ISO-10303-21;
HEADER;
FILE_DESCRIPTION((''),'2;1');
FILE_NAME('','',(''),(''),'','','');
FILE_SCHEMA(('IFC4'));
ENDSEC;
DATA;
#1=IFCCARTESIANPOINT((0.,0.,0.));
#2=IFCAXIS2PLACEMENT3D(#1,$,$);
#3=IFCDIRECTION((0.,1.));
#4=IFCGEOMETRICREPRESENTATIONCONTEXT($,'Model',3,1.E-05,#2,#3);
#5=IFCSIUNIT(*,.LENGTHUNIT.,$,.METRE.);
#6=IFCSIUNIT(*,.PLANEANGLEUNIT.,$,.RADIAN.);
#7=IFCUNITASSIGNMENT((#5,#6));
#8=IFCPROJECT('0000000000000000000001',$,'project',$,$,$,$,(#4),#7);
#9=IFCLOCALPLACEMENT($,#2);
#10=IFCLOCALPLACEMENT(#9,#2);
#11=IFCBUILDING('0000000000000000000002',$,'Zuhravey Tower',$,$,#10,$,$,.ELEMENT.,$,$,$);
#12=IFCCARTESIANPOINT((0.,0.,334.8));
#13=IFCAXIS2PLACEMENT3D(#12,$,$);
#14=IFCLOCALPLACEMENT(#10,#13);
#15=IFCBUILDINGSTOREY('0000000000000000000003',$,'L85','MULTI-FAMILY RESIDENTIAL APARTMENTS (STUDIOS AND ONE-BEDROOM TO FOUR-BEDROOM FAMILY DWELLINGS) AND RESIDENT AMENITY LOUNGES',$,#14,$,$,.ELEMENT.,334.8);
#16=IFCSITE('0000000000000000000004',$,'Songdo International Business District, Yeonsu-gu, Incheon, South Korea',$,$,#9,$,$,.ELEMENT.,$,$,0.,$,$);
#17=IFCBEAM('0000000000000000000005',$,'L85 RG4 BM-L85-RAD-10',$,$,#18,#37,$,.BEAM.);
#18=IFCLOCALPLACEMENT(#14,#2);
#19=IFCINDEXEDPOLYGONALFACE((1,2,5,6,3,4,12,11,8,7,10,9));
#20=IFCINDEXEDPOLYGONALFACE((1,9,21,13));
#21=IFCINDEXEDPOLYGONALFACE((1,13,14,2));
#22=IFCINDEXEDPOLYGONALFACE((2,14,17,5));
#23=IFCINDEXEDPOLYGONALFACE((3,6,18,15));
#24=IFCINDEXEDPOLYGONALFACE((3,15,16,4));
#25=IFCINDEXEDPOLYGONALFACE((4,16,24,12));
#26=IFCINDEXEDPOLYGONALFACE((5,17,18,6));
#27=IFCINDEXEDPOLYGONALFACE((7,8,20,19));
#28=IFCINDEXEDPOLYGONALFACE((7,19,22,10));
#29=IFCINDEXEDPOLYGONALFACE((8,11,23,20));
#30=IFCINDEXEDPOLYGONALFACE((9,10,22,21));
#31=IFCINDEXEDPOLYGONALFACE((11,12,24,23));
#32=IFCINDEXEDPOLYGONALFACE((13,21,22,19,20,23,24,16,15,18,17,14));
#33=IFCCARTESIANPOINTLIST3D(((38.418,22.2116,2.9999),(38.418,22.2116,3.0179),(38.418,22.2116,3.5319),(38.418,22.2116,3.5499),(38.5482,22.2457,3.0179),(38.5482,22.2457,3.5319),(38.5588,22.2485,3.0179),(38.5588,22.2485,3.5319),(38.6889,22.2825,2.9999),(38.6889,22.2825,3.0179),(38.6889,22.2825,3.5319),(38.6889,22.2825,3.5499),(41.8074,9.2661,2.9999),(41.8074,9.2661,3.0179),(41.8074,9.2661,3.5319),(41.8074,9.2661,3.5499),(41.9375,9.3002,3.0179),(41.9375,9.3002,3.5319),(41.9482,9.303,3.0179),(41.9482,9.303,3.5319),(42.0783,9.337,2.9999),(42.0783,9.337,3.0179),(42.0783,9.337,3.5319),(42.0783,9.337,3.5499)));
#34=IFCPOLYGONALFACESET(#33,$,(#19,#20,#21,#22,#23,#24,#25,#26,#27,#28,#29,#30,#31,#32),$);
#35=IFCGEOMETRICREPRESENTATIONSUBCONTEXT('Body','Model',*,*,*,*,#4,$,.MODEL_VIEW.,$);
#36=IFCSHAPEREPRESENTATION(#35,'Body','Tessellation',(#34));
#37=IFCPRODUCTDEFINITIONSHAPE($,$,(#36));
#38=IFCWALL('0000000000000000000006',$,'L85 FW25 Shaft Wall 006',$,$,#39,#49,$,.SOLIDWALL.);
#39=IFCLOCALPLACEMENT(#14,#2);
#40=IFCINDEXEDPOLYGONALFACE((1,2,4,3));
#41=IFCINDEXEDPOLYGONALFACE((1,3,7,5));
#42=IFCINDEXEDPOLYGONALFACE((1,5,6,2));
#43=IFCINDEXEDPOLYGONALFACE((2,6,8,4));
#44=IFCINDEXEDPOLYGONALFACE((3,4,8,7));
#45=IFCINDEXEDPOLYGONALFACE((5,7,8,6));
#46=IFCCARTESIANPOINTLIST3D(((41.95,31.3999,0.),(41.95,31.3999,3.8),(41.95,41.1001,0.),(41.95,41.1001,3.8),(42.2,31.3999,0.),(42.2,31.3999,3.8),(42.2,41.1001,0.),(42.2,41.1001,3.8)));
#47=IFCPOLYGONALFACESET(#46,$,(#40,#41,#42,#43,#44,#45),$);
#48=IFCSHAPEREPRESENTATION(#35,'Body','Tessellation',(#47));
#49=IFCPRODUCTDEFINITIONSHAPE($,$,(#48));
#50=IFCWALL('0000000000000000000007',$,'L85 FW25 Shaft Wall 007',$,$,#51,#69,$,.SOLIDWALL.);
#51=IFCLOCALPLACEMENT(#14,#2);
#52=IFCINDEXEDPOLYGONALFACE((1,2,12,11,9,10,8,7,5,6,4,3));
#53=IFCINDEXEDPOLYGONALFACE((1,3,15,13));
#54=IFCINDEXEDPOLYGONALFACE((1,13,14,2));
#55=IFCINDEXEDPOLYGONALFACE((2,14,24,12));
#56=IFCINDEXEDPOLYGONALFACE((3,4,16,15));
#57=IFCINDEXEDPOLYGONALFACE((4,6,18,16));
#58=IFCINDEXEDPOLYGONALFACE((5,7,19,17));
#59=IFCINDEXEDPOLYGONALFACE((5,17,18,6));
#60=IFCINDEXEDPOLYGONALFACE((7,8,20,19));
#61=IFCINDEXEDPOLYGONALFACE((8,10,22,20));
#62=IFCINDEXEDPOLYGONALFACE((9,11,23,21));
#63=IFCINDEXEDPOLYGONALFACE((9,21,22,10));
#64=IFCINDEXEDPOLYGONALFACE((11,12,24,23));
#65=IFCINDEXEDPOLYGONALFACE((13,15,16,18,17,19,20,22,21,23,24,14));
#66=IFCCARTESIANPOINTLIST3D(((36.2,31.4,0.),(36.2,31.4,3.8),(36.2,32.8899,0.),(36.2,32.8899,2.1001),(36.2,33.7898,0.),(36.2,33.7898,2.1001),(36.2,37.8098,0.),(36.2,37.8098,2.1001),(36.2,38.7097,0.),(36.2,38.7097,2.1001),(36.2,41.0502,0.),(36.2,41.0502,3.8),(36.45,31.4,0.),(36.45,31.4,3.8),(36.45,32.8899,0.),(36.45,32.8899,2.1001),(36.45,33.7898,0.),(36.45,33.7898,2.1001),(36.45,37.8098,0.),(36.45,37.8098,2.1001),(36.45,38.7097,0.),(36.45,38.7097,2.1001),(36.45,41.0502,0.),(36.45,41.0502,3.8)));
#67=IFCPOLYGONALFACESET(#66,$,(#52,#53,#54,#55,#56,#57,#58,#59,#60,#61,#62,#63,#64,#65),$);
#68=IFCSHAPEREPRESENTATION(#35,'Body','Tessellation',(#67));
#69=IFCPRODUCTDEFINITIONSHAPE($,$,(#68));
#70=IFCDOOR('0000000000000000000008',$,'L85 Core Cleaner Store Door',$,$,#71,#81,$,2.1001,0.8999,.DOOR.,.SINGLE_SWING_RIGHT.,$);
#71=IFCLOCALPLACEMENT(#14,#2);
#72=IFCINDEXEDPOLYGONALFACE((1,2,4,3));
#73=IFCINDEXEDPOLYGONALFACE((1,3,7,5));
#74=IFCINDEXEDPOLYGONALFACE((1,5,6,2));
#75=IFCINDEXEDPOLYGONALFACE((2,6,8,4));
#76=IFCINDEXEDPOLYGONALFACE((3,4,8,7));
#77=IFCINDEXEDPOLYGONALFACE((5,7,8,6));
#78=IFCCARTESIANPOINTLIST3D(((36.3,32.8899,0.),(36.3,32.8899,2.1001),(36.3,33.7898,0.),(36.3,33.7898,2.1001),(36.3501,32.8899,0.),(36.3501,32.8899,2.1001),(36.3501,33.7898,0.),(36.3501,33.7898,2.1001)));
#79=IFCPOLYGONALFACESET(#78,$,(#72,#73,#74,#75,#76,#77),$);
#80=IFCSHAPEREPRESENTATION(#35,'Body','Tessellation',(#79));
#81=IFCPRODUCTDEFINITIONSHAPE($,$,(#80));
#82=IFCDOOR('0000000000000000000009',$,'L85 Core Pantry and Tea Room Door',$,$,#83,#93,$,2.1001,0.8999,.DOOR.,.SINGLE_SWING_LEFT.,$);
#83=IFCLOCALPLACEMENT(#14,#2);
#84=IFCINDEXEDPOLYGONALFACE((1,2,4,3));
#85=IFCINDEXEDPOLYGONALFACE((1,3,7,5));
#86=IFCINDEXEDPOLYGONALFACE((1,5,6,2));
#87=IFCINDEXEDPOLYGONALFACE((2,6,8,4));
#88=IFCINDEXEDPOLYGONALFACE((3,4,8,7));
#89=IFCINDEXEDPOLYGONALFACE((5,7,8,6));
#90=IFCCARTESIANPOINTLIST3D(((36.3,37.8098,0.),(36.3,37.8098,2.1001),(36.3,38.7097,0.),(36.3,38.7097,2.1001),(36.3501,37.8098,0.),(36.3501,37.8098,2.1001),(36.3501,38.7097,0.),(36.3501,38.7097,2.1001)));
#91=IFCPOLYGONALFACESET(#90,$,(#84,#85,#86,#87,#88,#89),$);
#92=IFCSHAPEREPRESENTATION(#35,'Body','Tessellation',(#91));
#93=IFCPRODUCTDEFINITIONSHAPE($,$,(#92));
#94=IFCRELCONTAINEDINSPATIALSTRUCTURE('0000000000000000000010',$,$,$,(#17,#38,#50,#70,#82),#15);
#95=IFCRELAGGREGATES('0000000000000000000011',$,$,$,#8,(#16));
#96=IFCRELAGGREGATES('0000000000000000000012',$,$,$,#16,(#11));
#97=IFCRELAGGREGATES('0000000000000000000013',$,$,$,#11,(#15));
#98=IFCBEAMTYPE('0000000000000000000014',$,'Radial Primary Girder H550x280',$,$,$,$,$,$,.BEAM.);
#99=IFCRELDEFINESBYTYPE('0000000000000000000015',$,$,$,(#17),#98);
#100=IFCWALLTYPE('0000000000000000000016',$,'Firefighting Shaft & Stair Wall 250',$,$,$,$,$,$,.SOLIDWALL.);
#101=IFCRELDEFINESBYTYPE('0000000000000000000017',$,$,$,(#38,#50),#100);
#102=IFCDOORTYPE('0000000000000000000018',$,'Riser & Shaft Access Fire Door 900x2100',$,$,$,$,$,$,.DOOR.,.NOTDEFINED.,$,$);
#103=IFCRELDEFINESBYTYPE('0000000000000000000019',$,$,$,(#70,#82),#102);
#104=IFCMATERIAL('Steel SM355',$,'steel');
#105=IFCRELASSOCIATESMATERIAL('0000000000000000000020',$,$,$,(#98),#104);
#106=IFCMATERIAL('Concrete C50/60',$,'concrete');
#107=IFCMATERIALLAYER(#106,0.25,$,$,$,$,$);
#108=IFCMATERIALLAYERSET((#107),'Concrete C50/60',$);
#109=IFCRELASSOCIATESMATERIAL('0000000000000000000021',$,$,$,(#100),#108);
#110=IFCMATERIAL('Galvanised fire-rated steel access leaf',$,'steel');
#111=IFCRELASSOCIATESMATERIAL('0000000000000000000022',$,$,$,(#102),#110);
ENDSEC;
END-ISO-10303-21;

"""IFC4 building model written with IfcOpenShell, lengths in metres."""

from ifc_helpers import new_model, si_unit, direction, frame, frame_2d, origin, origin_2d, place, context, subcontext, project, spatial, rectangle, i_section, extrude, material, layer, layer_set, material_profile, profile_set, type_object, element, fill, save


model = new_model("IFC4")

# Units and contexts
model_context = context("Model", 3, precision=1e-05, world=origin(), true_north=direction((0.0, 1.0)))
body_context = subcontext(model_context, "Body", "Model", "MODEL_VIEW")
ifc_project = project(units=[si_unit("LENGTHUNIT", "METRE"), si_unit("PLANEANGLEUNIT", "RADIAN")], contexts=[model_context])

# Site, building, storey
site_placement = place(None, origin())
site = spatial("IfcSite", under=ifc_project, at=site_placement, Name="Songdo International Business District, Yeonsu-gu, Incheon, South Korea", CompositionType="ELEMENT", RefElevation=0.0)
building_placement = place(site_placement, origin())
building = spatial("IfcBuilding", under=site, at=building_placement, Name="Zuhravey Tower", CompositionType="ELEMENT")
storey_placement = place(building_placement, frame((0.0, 0.0, 334.8)))
storey = spatial("IfcBuildingStorey", under=building, at=storey_placement, Name="L85", Description="MULTI-FAMILY RESIDENTIAL APARTMENTS (STUDIOS AND ONE-BEDROOM TO FOUR-BEDROOM FAMILY DWELLINGS) AND RESIDENT AMENITY LOUNGES", CompositionType="ELEMENT", Elevation=334.8)

# Beam
ifc_material_1 = material(Name="Steel SM355", Category="steel")
ifc_material_profile = material_profile(ifc_material_1, i_section(OverallWidth=0.28, OverallDepth=0.55, WebThickness=0.011, FlangeThickness=0.0181, at=origin_2d()), Name="H-550x280x11x18")
ifc_profile_set = profile_set([ifc_material_profile], Name="Steel SM355")
beam_type = type_object("IfcBeamType", Name="Radial Primary Girder H550x280", PredefinedType="BEAM", material=ifc_profile_set)
beam_placement = place(storey_placement, frame((38.5535, 22.2471, 3.2749), z_axis=(0.253283, -0.967392, 0.0), x_axis=(0.967392, 0.253283, 0.0)))
element("IfcBeam", 1, at=beam_placement, inside=storey, type_object=beam_type, Name="L85 RG4 BM-L85-RAD-10", PredefinedType="BEAM", context=body_context, shape_type="SweptSolid", body=[
    extrude(i_section(OverallWidth=0.28, OverallDepth=0.55, WebThickness=0.011, FlangeThickness=0.0181, at=origin_2d()), origin(), (0.0, 0.0, 1.0), 13.3818),
])

# Shared definitions
ifc_material_2 = material(Name="Concrete C50/60", Category="concrete")
ifc_layer_1 = layer(ifc_material_2, 0.25)
ifc_layer_set_1 = layer_set([ifc_layer_1], Name="Concrete C50/60")
wall_type_1 = type_object("IfcWallType", Name="Firefighting Shaft & Stair Wall 250", PredefinedType="SOLIDWALL", material=ifc_layer_set_1)

# Wall
wall_1_placement = place(storey_placement, frame((42.075, 31.3999, 0.0), z_axis=(0.0, 0.0, 1.0), x_axis=(0.0, 1.0, 0.0)))
element("IfcWall", 2, at=wall_1_placement, inside=storey, type_object=wall_type_1, Name="L85 FW25 Shaft Wall 006", PredefinedType="SOLIDWALL", context=body_context, shape_type="SweptSolid", body=[
    extrude(rectangle(XDim=9.7002, YDim=0.25, at=frame_2d((4.8501, 0.0))), origin(), (0.0, 0.0, 1.0), 3.8),
])

# Wall, openings, doors
wall_2_placement = place(storey_placement, frame((36.325, 31.3999, 0.0), z_axis=(0.0, 0.0, 1.0), x_axis=(0.0, 1.0, 0.0)))
wall_2 = element("IfcWall", 3, at=wall_2_placement, inside=storey, type_object=wall_type_1, Name="L85 FW25 Shaft Wall 007", PredefinedType="SOLIDWALL", context=body_context, shape_type="SweptSolid", body=[
    extrude(rectangle(XDim=9.6501, YDim=0.25, at=frame_2d((4.8252, 0.0))), origin(), (0.0, 0.0, 1.0), 3.8),
])
opening_1_placement = place(wall_2_placement, frame((1.49, 0.0, 0.0)))
opening_1 = element("IfcOpeningElement", 4, at=opening_1_placement, cuts=wall_2, PredefinedType="OPENING", context=body_context, shape_type="SweptSolid", body=[
    extrude(rectangle(XDim=0.8999, YDim=2.1001, at=frame_2d((0.45, 1.05))), frame((0.0, 0.137, 0.0), z_axis=(0.0, -1.0, 0.0), x_axis=(1.0, 0.0, 0.0)), (0.0, 0.0, 1.0), 0.2739),
])
opening_2_placement = place(wall_2_placement, frame((6.4099, 0.0, 0.0)))
opening_2 = element("IfcOpeningElement", 5, at=opening_2_placement, cuts=wall_2, PredefinedType="OPENING", context=body_context, shape_type="SweptSolid", body=[
    extrude(rectangle(XDim=0.8999, YDim=2.1001, at=frame_2d((0.45, 1.05))), frame((0.0, 0.137, 0.0), z_axis=(0.0, -1.0, 0.0), x_axis=(1.0, 0.0, 0.0)), (0.0, 0.0, 1.0), 0.2739),
])
ifc_material_3 = material(Name="Galvanised fire-rated steel access leaf", Category="steel")
door_type_1 = type_object("IfcDoorType", Name="Riser & Shaft Access Fire Door 900x2100", OperationType="NOTDEFINED", PredefinedType="DOOR", material=ifc_material_3)
door_1_placement = place(opening_1_placement, origin())
door_1 = element("IfcDoor", 6, at=door_1_placement, inside=storey, type_object=door_type_1, Name="L85 Core Cleaner Store Door", OperationType="SINGLE_SWING_RIGHT", OverallHeight=2.1001, OverallWidth=0.8999, PredefinedType="DOOR", context=body_context, shape_type="SweptSolid", body=[
    extrude(rectangle(XDim=0.8999, YDim=2.1001, at=frame_2d((0.45, 1.05))), frame((0.0, 0.0249, 0.0), z_axis=(0.0, -1.0, 0.0), x_axis=(1.0, 0.0, 0.0)), (0.0, 0.0, 1.0), 0.05),
])
fill(opening_1, door_1)
door_2_placement = place(opening_2_placement, origin())
door_2 = element("IfcDoor", 7, at=door_2_placement, inside=storey, type_object=door_type_1, Name="L85 Core Pantry and Tea Room Door", OperationType="SINGLE_SWING_LEFT", OverallHeight=2.1001, OverallWidth=0.8999, PredefinedType="DOOR", context=body_context, shape_type="SweptSolid", body=[
    extrude(rectangle(XDim=0.8999, YDim=2.1001, at=frame_2d((0.45, 1.05))), frame((0.0, 0.0249, 0.0), z_axis=(0.0, -1.0, 0.0), x_axis=(1.0, 0.0, 0.0)), (0.0, 0.0, 1.0), 0.05),
])
fill(opening_2, door_2)

save(model, "model.ifc")
